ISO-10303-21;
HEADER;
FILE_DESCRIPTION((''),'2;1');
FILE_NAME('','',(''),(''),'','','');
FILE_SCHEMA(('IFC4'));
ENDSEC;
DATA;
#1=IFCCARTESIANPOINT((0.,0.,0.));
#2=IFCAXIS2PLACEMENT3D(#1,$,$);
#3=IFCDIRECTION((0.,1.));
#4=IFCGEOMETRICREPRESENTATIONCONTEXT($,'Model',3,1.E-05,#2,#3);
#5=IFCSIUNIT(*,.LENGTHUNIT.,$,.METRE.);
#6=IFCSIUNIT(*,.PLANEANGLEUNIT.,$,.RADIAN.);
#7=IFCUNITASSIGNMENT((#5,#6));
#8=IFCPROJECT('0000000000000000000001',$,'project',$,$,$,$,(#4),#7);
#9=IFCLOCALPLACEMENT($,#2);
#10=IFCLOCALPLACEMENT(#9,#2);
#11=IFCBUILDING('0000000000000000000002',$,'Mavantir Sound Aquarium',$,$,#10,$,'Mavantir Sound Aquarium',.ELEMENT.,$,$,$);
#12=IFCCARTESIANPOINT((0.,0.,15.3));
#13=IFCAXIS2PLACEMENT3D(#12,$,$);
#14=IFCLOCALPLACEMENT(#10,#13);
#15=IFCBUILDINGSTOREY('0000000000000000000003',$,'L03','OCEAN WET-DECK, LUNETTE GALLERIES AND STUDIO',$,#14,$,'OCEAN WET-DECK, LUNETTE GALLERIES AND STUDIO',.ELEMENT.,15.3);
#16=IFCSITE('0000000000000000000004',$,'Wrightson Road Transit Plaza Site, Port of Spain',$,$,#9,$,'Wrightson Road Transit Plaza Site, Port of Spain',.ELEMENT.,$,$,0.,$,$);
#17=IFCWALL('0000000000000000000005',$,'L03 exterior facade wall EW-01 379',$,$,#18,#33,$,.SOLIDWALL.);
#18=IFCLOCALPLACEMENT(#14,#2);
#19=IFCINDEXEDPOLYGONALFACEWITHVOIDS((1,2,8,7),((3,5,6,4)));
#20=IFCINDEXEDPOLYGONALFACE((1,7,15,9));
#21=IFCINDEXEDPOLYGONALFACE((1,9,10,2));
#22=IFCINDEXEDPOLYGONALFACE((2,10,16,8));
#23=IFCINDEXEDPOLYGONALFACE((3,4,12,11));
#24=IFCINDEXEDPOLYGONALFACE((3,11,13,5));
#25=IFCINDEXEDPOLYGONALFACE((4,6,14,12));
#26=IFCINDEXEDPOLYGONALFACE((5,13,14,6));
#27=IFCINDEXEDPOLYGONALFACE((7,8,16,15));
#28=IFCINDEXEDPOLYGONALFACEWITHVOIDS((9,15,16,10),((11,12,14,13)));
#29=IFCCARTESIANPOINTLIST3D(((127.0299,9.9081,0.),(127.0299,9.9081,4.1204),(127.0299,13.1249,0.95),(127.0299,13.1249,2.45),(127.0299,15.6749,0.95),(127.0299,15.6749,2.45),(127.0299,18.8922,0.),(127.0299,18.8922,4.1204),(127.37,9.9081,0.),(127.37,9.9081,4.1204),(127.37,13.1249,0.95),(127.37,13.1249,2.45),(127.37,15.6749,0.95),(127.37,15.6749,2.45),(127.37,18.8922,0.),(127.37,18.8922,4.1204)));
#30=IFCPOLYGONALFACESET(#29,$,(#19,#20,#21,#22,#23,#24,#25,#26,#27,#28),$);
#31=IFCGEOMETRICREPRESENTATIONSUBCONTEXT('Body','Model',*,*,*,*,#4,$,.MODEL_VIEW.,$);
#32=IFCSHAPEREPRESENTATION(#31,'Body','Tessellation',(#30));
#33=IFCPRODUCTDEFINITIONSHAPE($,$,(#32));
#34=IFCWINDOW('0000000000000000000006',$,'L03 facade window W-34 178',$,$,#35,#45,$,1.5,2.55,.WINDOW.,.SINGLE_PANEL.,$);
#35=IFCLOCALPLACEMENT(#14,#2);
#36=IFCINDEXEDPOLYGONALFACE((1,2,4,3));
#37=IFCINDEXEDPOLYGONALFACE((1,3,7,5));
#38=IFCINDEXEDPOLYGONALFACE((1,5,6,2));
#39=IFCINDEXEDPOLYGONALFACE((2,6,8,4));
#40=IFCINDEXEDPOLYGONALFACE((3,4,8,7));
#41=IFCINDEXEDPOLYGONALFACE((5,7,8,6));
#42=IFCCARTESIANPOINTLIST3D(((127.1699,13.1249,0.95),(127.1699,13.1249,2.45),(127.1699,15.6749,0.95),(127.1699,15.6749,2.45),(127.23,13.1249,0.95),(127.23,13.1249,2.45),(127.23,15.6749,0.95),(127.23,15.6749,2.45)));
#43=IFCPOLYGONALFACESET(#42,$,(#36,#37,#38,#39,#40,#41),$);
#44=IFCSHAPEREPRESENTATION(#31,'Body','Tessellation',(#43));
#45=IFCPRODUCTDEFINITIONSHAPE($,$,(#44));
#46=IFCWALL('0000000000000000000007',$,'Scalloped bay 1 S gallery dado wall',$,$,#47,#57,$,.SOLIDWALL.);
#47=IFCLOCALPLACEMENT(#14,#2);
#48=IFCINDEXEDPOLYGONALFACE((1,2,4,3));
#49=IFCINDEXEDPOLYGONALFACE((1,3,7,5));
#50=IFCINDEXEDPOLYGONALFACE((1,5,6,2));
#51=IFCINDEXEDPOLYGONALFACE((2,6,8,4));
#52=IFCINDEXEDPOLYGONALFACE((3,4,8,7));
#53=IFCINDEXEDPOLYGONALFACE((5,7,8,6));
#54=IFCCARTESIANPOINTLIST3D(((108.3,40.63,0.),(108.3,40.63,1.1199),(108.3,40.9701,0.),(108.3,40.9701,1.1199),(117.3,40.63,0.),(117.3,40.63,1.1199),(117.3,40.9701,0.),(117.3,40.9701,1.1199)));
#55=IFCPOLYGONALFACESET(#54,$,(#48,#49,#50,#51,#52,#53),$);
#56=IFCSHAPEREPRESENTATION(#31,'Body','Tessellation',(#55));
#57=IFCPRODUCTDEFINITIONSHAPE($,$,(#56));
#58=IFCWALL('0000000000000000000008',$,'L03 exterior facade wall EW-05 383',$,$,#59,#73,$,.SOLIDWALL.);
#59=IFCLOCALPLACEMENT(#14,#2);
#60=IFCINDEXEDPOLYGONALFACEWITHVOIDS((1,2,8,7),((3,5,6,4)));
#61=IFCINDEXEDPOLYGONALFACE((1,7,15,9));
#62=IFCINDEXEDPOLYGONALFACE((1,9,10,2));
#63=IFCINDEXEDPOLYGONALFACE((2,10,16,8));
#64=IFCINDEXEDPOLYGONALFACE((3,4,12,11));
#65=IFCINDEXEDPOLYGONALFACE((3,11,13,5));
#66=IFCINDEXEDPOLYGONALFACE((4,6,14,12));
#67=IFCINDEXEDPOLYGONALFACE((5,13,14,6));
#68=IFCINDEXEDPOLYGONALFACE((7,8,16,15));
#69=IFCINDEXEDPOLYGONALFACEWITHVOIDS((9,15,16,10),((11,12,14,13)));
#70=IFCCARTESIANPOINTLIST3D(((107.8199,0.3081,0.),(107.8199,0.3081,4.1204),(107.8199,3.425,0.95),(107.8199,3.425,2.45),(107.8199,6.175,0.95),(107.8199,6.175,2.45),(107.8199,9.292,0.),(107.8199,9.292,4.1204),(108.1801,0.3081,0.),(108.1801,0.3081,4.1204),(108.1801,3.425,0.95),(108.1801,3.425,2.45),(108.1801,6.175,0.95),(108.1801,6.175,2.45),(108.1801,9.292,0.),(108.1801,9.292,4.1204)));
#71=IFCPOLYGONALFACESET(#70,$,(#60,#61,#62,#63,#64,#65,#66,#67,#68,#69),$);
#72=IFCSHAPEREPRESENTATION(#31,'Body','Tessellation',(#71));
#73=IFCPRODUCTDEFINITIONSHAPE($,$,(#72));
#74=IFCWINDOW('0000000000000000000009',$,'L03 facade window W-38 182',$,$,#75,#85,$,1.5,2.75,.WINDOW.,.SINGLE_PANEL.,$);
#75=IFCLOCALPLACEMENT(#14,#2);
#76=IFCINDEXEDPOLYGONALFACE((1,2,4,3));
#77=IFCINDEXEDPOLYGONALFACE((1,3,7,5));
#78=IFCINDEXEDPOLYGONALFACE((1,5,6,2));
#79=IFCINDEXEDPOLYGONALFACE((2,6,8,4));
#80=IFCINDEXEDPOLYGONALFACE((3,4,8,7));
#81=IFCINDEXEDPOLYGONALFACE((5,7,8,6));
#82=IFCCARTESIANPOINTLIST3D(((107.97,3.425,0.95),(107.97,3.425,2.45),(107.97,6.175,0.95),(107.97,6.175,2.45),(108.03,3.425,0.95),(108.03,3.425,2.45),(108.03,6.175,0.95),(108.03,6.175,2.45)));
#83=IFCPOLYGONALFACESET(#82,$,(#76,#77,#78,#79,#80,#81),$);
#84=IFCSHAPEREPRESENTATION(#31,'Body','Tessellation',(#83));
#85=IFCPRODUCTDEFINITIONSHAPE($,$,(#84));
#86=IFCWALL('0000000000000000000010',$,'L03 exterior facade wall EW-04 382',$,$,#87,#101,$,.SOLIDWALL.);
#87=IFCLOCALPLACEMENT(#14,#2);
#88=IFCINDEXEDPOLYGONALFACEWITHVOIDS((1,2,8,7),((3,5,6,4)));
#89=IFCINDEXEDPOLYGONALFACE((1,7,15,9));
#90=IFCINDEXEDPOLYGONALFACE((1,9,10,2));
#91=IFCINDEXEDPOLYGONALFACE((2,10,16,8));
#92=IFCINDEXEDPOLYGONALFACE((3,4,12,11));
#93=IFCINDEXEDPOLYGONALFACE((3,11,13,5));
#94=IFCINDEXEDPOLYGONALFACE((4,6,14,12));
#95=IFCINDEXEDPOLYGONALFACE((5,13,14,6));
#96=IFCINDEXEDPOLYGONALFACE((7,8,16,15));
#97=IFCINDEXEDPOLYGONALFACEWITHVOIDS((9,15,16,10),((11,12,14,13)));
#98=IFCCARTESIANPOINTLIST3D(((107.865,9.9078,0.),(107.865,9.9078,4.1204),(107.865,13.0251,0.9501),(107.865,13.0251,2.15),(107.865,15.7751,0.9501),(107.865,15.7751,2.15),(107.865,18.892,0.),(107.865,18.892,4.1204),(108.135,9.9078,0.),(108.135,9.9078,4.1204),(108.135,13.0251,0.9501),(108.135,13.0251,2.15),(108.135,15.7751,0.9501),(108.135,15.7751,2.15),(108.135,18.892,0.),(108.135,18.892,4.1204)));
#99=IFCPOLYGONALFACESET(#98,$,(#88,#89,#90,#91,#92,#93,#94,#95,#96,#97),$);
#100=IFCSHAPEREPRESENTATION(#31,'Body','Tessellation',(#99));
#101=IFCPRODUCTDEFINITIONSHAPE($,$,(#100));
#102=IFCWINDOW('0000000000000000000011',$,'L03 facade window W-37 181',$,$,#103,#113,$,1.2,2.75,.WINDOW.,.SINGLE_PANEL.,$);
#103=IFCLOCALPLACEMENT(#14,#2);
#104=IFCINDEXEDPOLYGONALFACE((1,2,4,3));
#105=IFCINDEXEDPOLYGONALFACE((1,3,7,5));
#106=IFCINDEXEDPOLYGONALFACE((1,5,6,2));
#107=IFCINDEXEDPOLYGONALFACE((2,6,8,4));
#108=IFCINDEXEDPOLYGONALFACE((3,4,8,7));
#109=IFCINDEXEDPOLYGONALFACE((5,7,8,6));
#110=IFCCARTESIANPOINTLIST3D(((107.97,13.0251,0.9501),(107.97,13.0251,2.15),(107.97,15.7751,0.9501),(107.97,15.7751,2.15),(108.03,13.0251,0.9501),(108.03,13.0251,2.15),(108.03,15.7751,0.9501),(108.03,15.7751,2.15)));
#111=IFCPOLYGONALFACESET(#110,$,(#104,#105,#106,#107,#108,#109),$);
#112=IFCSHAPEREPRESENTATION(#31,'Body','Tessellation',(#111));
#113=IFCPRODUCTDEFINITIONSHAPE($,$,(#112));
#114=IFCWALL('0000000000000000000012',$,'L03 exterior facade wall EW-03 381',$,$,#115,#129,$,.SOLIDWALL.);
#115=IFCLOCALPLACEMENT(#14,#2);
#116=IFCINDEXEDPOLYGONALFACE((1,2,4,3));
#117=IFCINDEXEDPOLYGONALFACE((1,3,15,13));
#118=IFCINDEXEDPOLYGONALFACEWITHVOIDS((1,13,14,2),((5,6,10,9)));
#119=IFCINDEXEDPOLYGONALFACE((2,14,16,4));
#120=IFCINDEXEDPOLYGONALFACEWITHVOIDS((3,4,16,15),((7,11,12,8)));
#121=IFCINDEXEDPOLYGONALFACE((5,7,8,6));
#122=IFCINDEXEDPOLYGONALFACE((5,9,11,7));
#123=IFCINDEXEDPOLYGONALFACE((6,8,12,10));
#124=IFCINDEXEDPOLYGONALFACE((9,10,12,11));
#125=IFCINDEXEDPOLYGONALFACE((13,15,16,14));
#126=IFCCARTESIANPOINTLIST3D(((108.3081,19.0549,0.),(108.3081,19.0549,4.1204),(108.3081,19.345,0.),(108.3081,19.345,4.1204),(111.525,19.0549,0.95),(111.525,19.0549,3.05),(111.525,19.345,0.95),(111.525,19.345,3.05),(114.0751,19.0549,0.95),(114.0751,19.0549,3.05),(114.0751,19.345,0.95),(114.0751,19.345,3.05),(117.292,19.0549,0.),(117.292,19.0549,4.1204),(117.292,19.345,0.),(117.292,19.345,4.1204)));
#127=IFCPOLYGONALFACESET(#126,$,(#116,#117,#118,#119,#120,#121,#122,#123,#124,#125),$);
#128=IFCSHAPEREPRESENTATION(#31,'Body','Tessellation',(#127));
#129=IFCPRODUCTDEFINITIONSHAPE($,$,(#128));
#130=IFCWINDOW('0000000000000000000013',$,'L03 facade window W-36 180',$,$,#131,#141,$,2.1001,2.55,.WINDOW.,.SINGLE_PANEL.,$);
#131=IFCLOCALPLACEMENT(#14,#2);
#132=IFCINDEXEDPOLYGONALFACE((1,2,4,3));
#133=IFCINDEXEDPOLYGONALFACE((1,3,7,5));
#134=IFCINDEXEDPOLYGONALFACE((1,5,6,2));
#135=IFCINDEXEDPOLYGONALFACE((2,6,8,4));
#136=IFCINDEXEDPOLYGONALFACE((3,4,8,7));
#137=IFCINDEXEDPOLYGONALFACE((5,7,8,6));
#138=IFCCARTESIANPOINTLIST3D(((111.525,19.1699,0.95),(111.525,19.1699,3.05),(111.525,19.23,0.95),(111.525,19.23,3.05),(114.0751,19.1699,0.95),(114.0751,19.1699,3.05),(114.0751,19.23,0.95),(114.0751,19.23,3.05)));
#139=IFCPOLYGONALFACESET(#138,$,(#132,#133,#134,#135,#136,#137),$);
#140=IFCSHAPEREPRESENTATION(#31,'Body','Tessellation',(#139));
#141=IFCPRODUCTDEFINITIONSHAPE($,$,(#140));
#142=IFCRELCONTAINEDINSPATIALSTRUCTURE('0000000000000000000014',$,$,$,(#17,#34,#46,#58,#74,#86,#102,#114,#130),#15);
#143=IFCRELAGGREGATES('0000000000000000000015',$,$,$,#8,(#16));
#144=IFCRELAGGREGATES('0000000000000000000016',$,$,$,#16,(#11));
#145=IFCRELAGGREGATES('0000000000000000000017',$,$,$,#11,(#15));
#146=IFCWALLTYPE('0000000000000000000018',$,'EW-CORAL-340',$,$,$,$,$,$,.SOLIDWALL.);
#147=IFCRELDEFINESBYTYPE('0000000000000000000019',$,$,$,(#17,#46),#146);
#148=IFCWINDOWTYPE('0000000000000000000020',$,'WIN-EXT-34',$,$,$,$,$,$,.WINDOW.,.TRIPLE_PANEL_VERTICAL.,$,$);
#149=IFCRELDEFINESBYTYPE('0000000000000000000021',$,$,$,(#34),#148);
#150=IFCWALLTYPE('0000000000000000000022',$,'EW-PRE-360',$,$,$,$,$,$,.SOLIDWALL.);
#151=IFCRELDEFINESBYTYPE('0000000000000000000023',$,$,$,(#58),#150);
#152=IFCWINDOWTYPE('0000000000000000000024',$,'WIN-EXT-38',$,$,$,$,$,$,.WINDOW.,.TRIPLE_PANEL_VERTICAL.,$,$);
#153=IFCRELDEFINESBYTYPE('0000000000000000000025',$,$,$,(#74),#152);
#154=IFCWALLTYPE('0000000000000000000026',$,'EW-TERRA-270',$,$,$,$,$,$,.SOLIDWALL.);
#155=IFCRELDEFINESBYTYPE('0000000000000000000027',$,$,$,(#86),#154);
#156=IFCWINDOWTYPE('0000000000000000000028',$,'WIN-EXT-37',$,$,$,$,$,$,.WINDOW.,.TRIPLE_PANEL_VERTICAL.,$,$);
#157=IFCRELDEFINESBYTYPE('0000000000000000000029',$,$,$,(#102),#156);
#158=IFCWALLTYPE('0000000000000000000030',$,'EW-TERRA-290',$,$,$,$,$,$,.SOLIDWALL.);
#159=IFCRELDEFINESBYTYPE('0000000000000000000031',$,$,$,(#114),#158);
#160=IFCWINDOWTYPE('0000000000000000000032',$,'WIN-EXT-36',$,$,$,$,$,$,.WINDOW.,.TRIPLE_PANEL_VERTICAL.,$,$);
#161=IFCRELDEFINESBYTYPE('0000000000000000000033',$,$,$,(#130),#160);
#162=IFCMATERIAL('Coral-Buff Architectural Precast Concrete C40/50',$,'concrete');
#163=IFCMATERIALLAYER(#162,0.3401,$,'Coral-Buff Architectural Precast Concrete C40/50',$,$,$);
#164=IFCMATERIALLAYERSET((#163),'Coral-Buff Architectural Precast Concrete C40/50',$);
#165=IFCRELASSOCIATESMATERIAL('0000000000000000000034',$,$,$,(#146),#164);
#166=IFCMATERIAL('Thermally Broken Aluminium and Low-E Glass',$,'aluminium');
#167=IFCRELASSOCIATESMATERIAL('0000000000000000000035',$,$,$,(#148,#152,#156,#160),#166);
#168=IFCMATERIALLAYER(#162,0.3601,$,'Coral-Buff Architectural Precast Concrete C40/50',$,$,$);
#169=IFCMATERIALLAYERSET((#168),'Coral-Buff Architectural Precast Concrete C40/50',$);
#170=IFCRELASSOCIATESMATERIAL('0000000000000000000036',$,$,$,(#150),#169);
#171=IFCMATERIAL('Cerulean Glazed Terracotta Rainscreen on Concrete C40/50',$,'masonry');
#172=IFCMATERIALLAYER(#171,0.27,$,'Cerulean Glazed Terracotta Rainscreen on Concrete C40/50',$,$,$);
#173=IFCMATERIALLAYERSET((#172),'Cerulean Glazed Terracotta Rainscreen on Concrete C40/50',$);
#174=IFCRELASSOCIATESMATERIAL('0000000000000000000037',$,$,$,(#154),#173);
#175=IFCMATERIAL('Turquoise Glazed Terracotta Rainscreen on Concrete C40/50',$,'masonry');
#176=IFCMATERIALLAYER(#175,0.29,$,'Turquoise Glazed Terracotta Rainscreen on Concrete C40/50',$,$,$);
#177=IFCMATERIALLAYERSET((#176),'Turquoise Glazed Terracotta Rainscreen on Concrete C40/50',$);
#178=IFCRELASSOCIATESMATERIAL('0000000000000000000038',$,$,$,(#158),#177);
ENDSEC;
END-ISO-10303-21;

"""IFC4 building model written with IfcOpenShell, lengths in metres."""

from ifc_helpers import new_model, si_unit, direction, frame, frame_2d, origin, place, context, subcontext, project, spatial, rectangle, extrude, material, layer, layer_set, type_object, element, fill, save


model = new_model("IFC4")

# Units and contexts
model_context = context("Model", 3, precision=1e-05, world=origin(), true_north=direction((0.0, 1.0)))
body_context = subcontext(model_context, "Body", "Model", "MODEL_VIEW")
ifc_project = project(units=[si_unit("LENGTHUNIT", "METRE"), si_unit("PLANEANGLEUNIT", "RADIAN")], contexts=[model_context])

# Site, building, storey
site_placement = place(None, origin())
site = spatial("IfcSite", under=ifc_project, at=site_placement, Name="Wrightson Road Transit Plaza Site, Port of Spain", LongName="Wrightson Road Transit Plaza Site, Port of Spain", CompositionType="ELEMENT", RefElevation=0.0)
building_placement = place(site_placement, origin())
building = spatial("IfcBuilding", under=site, at=building_placement, Name="Mavantir Sound Aquarium", LongName="Mavantir Sound Aquarium", CompositionType="ELEMENT")
storey_placement = place(building_placement, frame((0.0, 0.0, 15.3)))
storey = spatial("IfcBuildingStorey", under=building, at=storey_placement, Name="L03", Description="OCEAN WET-DECK, LUNETTE GALLERIES AND STUDIO", LongName="OCEAN WET-DECK, LUNETTE GALLERIES AND STUDIO", CompositionType="ELEMENT", Elevation=15.3)

# Wall, opening, window
ifc_material_1 = material(Name="Coral-Buff Architectural Precast Concrete C40/50", Category="concrete")
ifc_material_2 = material(Name="Thermally Broken Aluminium and Low-E Glass", Category="aluminium")
ifc_layer_1 = layer(ifc_material_1, 0.3401, Name="Coral-Buff Architectural Precast Concrete C40/50")
ifc_layer_set_1 = layer_set([ifc_layer_1], Name="Coral-Buff Architectural Precast Concrete C40/50")
wall_type_1 = type_object("IfcWallType", Name="EW-CORAL-340", PredefinedType="SOLIDWALL", material=ifc_layer_set_1)
wall_1_placement = place(storey_placement, frame((127.2, 9.908, 0.0), z_axis=(0.0, 0.0, 1.0), x_axis=(0.0, 1.0, 0.0)))
wall_1 = element("IfcWall", 1, at=wall_1_placement, inside=storey, type_object=wall_type_1, Name="L03 exterior facade wall EW-01 379", PredefinedType="SOLIDWALL", context=body_context, shape_type="SweptSolid", body=[
    extrude(rectangle(XDim=8.9841, YDim=0.3401, at=frame_2d((4.4922, 0.0))), origin(), (0.0, 0.0, 1.0), 4.1204),
])
opening_1_placement = place(wall_1_placement, frame((3.217, 0.0, 0.95)))
opening_1 = element("IfcOpeningElement", 2, at=opening_1_placement, cuts=wall_1, PredefinedType="OPENING", context=body_context, shape_type="SweptSolid", body=[
    extrude(rectangle(XDim=2.55, YDim=1.5, at=frame_2d((1.2749, 0.75))), frame((0.0, 0.1802, 0.0), z_axis=(0.0, -1.0, 0.0), x_axis=(1.0, 0.0, 0.0)), (0.0, 0.0, 1.0), 0.3601),
])
window_type_1 = type_object("IfcWindowType", Name="WIN-EXT-34", PartitioningType="TRIPLE_PANEL_VERTICAL", PredefinedType="WINDOW", material=ifc_material_2)
window_1_placement = place(opening_1_placement, origin())
window_1 = element("IfcWindow", 3, at=window_1_placement, inside=storey, type_object=window_type_1, Name="L03 facade window W-34 178", OverallHeight=1.5, OverallWidth=2.55, PartitioningType="SINGLE_PANEL", PredefinedType="WINDOW", context=body_context, shape_type="SweptSolid", body=[
    extrude(rectangle(XDim=2.55, YDim=1.5, at=frame_2d((1.2749, 0.75))), frame((0.0, 0.03, 0.0), z_axis=(0.0, -1.0, 0.0), x_axis=(1.0, 0.0, 0.0)), (0.0, 0.0, 1.0), 0.0601),
])
fill(opening_1, window_1)

# Wall
wall_2_placement = place(storey_placement, frame((108.3, 40.8, 0.0), z_axis=(0.0, 0.0, 1.0), x_axis=(1.0, 0.0, 0.0)))
element("IfcWall", 4, at=wall_2_placement, inside=storey, type_object=wall_type_1, Name="Scalloped bay 1 S gallery dado wall", PredefinedType="SOLIDWALL", context=body_context, shape_type="SweptSolid", body=[
    extrude(rectangle(XDim=9.0, YDim=0.3401, at=frame_2d((4.5, 0.0))), origin(), (0.0, 0.0, 1.0), 1.1199),
])

# Walls, openings, windows
ifc_layer_2 = layer(ifc_material_1, 0.3601, Name="Coral-Buff Architectural Precast Concrete C40/50")
ifc_layer_set_2 = layer_set([ifc_layer_2], Name="Coral-Buff Architectural Precast Concrete C40/50")
wall_type_2 = type_object("IfcWallType", Name="EW-PRE-360", PredefinedType="SOLIDWALL", material=ifc_layer_set_2)
wall_3_placement = place(storey_placement, frame((108.0, 9.292, 0.0), z_axis=(0.0, 0.0, 1.0), x_axis=(0.0, -1.0, 0.0)))
wall_3 = element("IfcWall", 5, at=wall_3_placement, inside=storey, type_object=wall_type_2, Name="L03 exterior facade wall EW-05 383", PredefinedType="SOLIDWALL", context=body_context, shape_type="SweptSolid", body=[
    extrude(rectangle(XDim=8.9839, YDim=0.3601, at=frame_2d((4.4919, 0.0))), origin(), (0.0, 0.0, 1.0), 4.1204),
])
opening_2_placement = place(wall_3_placement, frame((3.1169, 0.0, 0.95)))
opening_2 = element("IfcOpeningElement", 6, at=opening_2_placement, cuts=wall_3, PredefinedType="OPENING", context=body_context, shape_type="SweptSolid", body=[
    extrude(rectangle(XDim=2.75, YDim=1.5, at=frame_2d((1.375, 0.75))), frame((0.0, 0.1899, 0.0), z_axis=(0.0, -1.0, 0.0), x_axis=(1.0, 0.0, 0.0)), (0.0, 0.0, 1.0), 0.3801),
])
window_type_2 = type_object("IfcWindowType", Name="WIN-EXT-38", PartitioningType="TRIPLE_PANEL_VERTICAL", PredefinedType="WINDOW", material=ifc_material_2)
window_2_placement = place(opening_2_placement, origin())
window_2 = element("IfcWindow", 7, at=window_2_placement, inside=storey, type_object=window_type_2, Name="L03 facade window W-38 182", OverallHeight=1.5, OverallWidth=2.75, PartitioningType="SINGLE_PANEL", PredefinedType="WINDOW", context=body_context, shape_type="SweptSolid", body=[
    extrude(rectangle(XDim=2.75, YDim=1.5, at=frame_2d((1.375, 0.75))), frame((0.0, 0.03, 0.0), z_axis=(0.0, -1.0, 0.0), x_axis=(1.0, 0.0, 0.0)), (0.0, 0.0, 1.0), 0.0601),
])
fill(opening_2, window_2)
ifc_material_3 = material(Name="Cerulean Glazed Terracotta Rainscreen on Concrete C40/50", Category="masonry")
ifc_layer_3 = layer(ifc_material_3, 0.27, Name="Cerulean Glazed Terracotta Rainscreen on Concrete C40/50")
ifc_layer_set_3 = layer_set([ifc_layer_3], Name="Cerulean Glazed Terracotta Rainscreen on Concrete C40/50")
wall_type_3 = type_object("IfcWallType", Name="EW-TERRA-270", PredefinedType="SOLIDWALL", material=ifc_layer_set_3)
wall_4_placement = place(storey_placement, frame((108.0, 18.8921, 0.0), z_axis=(0.0, 0.0, 1.0), x_axis=(0.0, -1.0, 0.0)))
wall_4 = element("IfcWall", 8, at=wall_4_placement, inside=storey, type_object=wall_type_3, Name="L03 exterior facade wall EW-04 382", PredefinedType="SOLIDWALL", context=body_context, shape_type="SweptSolid", body=[
    extrude(rectangle(XDim=8.9841, YDim=0.27, at=frame_2d((4.4922, 0.0))), origin(), (0.0, 0.0, 1.0), 4.1204),
])
opening_3_placement = place(wall_4_placement, frame((3.1169, 0.0, 0.95)))
opening_3 = element("IfcOpeningElement", 9, at=opening_3_placement, cuts=wall_4, PredefinedType="OPENING", context=body_context, shape_type="SweptSolid", body=[
    extrude(rectangle(XDim=2.75, YDim=1.2, at=frame_2d((1.375, 0.6001))), frame((0.0, 0.145, 0.0), z_axis=(0.0, -1.0, 0.0), x_axis=(1.0, 0.0, 0.0)), (0.0, 0.0, 1.0), 0.29),
])
window_type_3 = type_object("IfcWindowType", Name="WIN-EXT-37", PartitioningType="TRIPLE_PANEL_VERTICAL", PredefinedType="WINDOW", material=ifc_material_2)
window_3_placement = place(opening_3_placement, origin())
window_3 = element("IfcWindow", 10, at=window_3_placement, inside=storey, type_object=window_type_3, Name="L03 facade window W-37 181", OverallHeight=1.2, OverallWidth=2.75, PartitioningType="SINGLE_PANEL", PredefinedType="WINDOW", context=body_context, shape_type="SweptSolid", body=[
    extrude(rectangle(XDim=2.75, YDim=1.2, at=frame_2d((1.375, 0.6001))), frame((0.0, 0.03, 0.0), z_axis=(0.0, -1.0, 0.0), x_axis=(1.0, 0.0, 0.0)), (0.0, 0.0, 1.0), 0.0601),
])
fill(opening_3, window_3)
ifc_material_4 = material(Name="Turquoise Glazed Terracotta Rainscreen on Concrete C40/50", Category="masonry")
ifc_layer_4 = layer(ifc_material_4, 0.29, Name="Turquoise Glazed Terracotta Rainscreen on Concrete C40/50")
ifc_layer_set_4 = layer_set([ifc_layer_4], Name="Turquoise Glazed Terracotta Rainscreen on Concrete C40/50")
wall_type_4 = type_object("IfcWallType", Name="EW-TERRA-290", PredefinedType="SOLIDWALL", material=ifc_layer_set_4)
wall_5_placement = place(storey_placement, frame((117.292, 19.2, 0.0), z_axis=(0.0, 0.0, 1.0), x_axis=(-1.0, 0.0, 0.0)))
wall_5 = element("IfcWall", 11, at=wall_5_placement, inside=storey, type_object=wall_type_4, Name="L03 exterior facade wall EW-03 381", PredefinedType="SOLIDWALL", context=body_context, shape_type="SweptSolid", body=[
    extrude(rectangle(XDim=8.9839, YDim=0.29, at=frame_2d((4.4919, 0.0))), origin(), (0.0, 0.0, 1.0), 4.1204),
])
opening_4_placement = place(wall_5_placement, frame((3.217, 0.0, 0.95)))
opening_4 = element("IfcOpeningElement", 12, at=opening_4_placement, cuts=wall_5, PredefinedType="OPENING", context=body_context, shape_type="SweptSolid", body=[
    extrude(rectangle(XDim=2.55, YDim=2.1001, at=frame_2d((1.2749, 1.05))), frame((0.0, 0.155, 0.0), z_axis=(0.0, -1.0, 0.0), x_axis=(1.0, 0.0, 0.0)), (0.0, 0.0, 1.0), 0.3101),
])
window_type_4 = type_object("IfcWindowType", Name="WIN-EXT-36", PartitioningType="TRIPLE_PANEL_VERTICAL", PredefinedType="WINDOW", material=ifc_material_2)
window_4_placement = place(opening_4_placement, origin())
window_4 = element("IfcWindow", 13, at=window_4_placement, inside=storey, type_object=window_type_4, Name="L03 facade window W-36 180", OverallHeight=2.1001, OverallWidth=2.55, PartitioningType="SINGLE_PANEL", PredefinedType="WINDOW", context=body_context, shape_type="SweptSolid", body=[
    extrude(rectangle(XDim=2.55, YDim=2.1001, at=frame_2d((1.2749, 1.05))), frame((0.0, 0.03, 0.0), z_axis=(0.0, -1.0, 0.0), x_axis=(1.0, 0.0, 0.0)), (0.0, 0.0, 1.0), 0.0601),
])
fill(opening_4, window_4)

save(model, "model.ifc")
